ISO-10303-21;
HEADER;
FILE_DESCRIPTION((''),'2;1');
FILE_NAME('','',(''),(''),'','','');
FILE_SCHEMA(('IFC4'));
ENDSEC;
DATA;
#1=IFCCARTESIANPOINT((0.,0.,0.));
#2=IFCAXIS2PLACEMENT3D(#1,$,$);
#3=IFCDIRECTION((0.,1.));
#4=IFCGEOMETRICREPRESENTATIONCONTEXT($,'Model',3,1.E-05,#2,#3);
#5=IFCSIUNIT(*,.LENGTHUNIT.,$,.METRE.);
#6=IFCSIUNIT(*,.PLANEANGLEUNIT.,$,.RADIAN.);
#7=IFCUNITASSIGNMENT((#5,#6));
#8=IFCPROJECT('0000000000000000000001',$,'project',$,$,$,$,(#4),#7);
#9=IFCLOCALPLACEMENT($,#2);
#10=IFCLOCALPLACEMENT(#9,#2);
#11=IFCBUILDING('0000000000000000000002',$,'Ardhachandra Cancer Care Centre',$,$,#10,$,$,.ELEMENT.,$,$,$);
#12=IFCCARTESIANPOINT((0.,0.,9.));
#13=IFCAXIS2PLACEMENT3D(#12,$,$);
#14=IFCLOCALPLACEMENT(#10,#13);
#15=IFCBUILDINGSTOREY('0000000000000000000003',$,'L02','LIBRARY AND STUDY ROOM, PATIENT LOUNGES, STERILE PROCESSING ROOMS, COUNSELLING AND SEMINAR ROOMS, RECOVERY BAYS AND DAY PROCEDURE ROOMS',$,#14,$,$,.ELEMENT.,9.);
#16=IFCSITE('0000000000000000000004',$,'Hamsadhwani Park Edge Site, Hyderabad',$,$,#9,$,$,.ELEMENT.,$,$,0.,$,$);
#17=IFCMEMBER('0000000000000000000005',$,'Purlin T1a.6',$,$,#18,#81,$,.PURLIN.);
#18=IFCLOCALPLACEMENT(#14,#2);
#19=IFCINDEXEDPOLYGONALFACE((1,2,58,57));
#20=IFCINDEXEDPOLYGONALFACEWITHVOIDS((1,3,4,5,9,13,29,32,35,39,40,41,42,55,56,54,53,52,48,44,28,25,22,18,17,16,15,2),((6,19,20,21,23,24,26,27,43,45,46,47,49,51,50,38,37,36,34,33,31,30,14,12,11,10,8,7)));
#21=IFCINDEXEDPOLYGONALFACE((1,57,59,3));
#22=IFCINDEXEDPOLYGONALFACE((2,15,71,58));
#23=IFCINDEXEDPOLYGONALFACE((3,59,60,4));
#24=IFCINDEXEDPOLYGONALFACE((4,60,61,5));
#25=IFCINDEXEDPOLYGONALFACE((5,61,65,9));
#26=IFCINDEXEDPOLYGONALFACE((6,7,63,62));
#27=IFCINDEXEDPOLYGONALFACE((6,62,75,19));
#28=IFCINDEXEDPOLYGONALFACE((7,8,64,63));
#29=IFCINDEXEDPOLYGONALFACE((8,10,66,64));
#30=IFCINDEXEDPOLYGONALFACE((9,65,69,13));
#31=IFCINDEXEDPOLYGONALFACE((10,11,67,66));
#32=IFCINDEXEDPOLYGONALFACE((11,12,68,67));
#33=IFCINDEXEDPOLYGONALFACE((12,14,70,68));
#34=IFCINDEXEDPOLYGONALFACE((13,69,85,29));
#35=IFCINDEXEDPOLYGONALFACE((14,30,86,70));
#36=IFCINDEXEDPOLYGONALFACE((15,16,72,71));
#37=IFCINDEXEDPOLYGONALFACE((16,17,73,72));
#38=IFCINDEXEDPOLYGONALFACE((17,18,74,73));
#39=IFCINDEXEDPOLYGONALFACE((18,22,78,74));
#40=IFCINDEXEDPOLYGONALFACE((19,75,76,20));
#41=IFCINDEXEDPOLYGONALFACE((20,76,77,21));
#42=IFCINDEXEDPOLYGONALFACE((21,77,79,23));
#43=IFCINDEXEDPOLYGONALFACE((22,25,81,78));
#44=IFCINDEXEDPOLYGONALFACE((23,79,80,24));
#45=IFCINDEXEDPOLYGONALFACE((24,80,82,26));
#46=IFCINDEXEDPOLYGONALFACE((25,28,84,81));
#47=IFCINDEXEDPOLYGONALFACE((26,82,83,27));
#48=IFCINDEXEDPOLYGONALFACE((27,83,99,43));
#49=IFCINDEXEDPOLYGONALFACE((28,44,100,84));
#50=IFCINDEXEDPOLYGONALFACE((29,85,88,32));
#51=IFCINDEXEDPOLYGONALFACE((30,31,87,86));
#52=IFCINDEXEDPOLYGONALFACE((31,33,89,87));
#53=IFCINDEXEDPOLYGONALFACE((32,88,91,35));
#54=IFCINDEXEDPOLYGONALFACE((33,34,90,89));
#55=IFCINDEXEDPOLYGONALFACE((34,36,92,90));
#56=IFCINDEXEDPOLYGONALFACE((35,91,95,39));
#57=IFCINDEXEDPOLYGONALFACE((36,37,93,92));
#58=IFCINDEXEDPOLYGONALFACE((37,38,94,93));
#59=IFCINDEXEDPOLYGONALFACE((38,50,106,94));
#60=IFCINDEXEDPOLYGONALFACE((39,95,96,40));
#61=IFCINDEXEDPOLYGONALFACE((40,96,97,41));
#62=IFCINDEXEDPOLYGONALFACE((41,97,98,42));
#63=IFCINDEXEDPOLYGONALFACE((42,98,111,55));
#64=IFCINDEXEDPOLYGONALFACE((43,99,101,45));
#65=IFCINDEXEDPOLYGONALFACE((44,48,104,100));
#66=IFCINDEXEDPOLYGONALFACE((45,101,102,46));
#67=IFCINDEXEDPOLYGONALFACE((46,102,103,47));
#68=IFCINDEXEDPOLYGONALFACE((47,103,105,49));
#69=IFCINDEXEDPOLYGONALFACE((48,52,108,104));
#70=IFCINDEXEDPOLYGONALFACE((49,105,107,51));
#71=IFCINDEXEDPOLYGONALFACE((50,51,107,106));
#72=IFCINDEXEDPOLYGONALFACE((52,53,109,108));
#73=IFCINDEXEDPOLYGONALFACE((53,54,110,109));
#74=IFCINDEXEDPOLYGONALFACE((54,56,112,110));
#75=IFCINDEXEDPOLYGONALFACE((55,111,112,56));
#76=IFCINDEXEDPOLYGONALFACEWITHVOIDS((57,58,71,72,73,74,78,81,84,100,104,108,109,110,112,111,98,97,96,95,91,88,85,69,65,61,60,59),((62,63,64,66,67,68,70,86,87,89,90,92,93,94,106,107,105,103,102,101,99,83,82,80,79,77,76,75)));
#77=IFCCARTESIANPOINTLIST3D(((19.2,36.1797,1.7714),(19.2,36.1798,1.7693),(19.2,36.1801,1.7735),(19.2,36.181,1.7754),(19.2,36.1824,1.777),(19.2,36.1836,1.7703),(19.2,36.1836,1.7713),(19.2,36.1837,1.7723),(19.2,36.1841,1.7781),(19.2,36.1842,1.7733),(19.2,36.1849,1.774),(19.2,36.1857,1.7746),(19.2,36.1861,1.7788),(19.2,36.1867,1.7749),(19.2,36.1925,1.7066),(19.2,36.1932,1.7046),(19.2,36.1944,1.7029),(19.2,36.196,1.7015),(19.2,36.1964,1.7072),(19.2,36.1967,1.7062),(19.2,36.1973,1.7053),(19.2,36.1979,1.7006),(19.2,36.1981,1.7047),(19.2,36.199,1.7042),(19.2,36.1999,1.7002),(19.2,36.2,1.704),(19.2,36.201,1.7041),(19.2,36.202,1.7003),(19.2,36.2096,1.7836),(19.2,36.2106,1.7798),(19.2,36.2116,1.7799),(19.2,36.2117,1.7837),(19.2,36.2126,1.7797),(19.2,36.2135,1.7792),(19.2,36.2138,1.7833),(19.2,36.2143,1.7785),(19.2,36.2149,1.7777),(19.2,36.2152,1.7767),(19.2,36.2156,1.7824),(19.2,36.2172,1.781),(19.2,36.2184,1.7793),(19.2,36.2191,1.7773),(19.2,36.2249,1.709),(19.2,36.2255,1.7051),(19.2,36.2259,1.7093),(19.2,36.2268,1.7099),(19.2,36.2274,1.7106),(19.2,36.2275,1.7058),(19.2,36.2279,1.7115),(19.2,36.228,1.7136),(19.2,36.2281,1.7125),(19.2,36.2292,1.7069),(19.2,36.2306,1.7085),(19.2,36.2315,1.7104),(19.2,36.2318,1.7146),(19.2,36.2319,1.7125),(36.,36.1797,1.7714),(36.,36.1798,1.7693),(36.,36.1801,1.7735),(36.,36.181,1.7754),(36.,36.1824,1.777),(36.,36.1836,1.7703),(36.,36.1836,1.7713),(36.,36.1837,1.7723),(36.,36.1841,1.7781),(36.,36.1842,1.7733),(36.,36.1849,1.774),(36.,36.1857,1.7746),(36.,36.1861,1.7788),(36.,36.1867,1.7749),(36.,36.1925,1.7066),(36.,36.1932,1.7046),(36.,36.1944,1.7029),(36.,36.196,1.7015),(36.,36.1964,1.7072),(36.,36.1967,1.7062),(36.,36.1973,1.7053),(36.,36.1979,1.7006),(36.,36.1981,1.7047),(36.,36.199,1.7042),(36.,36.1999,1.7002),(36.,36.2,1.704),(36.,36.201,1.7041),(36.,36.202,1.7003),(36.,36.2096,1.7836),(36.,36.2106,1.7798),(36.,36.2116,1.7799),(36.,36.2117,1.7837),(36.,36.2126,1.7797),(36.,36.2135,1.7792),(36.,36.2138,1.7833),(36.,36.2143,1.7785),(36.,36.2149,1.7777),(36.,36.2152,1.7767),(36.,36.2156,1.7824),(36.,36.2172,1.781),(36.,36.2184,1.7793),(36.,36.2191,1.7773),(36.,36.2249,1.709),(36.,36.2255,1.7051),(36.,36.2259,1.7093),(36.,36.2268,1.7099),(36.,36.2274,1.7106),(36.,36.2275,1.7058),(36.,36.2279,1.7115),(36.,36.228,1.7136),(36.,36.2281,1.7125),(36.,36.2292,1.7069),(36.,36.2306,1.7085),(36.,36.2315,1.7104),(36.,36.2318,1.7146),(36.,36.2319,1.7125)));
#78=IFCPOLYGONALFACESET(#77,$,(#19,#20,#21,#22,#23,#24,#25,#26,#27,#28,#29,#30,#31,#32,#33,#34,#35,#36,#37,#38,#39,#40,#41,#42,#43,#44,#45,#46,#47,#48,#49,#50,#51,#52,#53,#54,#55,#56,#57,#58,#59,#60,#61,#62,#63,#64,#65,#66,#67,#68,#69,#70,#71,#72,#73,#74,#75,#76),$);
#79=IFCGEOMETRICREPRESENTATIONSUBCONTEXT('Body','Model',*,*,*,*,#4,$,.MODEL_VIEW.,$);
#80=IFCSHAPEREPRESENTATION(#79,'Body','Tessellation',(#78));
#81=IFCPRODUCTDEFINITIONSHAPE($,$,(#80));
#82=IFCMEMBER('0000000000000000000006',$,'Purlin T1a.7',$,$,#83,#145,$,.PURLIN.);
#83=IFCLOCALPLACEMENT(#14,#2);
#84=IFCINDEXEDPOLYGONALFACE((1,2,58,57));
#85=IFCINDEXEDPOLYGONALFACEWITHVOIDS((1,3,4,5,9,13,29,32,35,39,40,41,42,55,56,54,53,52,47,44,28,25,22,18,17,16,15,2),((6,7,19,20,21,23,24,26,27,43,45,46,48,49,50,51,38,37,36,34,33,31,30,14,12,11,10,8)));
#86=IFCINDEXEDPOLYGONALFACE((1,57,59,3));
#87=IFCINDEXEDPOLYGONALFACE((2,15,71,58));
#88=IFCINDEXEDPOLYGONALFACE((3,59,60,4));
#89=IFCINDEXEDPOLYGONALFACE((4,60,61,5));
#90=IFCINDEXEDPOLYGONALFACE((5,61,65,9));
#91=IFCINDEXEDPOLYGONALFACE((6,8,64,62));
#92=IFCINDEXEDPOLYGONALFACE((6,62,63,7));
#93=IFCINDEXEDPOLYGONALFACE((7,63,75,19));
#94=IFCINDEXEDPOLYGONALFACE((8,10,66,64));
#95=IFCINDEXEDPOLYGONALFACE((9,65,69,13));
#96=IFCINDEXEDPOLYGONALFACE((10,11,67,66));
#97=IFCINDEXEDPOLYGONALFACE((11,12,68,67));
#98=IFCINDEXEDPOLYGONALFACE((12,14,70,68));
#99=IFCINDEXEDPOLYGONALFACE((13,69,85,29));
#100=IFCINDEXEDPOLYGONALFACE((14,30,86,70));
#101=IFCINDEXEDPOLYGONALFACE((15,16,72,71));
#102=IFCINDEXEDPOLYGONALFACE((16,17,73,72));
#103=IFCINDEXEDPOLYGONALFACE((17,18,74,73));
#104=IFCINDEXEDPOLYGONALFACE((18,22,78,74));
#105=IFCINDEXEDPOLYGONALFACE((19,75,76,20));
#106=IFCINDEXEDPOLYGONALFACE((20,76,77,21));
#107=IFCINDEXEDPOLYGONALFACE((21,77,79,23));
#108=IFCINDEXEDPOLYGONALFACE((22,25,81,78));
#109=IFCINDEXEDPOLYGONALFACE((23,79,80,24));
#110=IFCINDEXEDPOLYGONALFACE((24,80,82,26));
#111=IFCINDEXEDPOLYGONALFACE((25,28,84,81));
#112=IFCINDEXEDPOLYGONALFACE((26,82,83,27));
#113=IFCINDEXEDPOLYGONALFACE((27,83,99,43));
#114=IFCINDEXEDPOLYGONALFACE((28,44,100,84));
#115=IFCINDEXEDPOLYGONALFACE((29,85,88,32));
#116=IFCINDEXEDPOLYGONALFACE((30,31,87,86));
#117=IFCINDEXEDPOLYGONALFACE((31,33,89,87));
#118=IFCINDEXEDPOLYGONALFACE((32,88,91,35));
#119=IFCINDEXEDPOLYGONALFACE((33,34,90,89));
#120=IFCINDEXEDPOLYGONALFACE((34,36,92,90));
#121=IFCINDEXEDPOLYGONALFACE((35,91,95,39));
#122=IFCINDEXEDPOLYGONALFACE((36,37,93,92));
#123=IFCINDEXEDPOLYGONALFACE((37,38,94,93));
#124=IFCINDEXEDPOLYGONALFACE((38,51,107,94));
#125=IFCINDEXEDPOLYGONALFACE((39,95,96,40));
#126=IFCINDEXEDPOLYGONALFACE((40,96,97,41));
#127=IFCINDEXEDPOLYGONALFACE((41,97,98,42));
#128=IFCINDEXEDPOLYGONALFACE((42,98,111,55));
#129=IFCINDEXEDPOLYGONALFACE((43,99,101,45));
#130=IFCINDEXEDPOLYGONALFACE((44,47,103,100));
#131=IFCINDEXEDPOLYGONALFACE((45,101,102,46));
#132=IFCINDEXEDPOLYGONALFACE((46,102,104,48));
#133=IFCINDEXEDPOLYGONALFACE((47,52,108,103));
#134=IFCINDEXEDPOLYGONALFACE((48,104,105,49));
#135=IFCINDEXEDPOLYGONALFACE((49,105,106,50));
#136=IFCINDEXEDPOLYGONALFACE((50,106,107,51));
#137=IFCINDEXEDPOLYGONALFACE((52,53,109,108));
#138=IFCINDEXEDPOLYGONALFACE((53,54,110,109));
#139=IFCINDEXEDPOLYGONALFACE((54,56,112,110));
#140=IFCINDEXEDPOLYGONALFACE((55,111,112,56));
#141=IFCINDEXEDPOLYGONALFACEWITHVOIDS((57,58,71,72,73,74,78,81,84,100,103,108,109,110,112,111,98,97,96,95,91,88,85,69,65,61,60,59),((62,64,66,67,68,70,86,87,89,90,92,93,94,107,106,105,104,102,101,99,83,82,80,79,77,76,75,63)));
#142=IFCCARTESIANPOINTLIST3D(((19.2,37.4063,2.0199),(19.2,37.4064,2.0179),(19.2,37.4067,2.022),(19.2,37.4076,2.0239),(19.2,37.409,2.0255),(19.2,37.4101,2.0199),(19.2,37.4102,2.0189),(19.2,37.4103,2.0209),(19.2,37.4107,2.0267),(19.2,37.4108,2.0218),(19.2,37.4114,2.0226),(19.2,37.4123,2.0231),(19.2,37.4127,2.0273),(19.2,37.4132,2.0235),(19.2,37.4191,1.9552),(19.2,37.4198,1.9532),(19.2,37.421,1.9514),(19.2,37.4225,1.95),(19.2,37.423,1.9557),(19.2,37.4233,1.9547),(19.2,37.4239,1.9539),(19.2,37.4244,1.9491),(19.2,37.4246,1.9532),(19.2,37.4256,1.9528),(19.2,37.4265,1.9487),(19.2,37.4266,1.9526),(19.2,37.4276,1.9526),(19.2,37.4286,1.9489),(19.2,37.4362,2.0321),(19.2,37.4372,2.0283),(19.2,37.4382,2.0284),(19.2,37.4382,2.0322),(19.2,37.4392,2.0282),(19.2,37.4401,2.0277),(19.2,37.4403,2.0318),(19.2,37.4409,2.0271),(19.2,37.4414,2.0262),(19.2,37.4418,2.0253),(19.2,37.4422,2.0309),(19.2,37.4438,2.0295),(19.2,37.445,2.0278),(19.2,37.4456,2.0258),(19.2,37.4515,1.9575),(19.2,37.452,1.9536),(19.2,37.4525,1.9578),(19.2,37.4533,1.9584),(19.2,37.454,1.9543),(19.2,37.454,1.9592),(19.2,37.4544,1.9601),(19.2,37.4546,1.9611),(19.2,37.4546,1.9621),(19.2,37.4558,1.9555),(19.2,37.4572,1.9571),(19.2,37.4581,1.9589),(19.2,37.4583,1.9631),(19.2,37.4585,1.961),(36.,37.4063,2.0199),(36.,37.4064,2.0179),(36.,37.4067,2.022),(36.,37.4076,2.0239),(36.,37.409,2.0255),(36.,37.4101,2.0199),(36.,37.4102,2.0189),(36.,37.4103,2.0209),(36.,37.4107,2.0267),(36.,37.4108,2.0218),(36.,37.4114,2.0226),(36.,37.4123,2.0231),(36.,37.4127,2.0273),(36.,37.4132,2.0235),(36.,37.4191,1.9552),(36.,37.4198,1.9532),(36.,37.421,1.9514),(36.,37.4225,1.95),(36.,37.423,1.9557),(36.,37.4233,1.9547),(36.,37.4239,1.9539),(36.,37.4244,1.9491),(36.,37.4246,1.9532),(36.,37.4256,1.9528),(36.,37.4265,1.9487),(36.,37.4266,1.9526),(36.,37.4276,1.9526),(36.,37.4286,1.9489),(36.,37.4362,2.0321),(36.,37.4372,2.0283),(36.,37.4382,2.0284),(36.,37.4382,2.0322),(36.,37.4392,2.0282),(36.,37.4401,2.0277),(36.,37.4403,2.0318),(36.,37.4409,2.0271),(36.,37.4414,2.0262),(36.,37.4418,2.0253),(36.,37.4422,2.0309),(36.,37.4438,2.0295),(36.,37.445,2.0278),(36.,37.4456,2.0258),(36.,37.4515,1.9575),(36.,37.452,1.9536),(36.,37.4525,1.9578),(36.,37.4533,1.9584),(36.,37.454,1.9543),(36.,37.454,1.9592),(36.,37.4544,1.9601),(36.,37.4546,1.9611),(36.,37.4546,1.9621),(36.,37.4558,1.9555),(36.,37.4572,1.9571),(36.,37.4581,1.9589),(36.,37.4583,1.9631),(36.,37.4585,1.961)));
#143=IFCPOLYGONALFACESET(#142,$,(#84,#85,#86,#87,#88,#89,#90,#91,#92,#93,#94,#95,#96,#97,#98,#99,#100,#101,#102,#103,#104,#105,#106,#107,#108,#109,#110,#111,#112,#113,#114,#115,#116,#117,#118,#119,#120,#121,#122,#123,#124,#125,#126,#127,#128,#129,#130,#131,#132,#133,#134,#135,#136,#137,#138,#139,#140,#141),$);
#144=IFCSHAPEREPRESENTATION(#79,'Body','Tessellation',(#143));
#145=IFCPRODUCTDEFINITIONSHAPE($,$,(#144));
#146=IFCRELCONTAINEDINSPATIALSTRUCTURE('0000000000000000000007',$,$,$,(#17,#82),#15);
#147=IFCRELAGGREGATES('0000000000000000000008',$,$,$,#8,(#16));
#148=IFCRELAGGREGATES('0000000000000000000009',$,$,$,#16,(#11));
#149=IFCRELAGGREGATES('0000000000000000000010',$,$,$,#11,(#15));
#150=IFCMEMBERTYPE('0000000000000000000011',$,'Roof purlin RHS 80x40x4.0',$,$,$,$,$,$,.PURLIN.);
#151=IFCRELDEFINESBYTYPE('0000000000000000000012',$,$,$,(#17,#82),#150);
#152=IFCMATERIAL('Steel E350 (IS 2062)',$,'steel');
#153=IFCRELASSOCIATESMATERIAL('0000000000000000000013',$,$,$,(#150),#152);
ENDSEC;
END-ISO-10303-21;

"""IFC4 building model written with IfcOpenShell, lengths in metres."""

from ifc_helpers import new_model, si_unit, direction, frame, origin, origin_2d, place, context, subcontext, project, spatial, hollow_rectangle, extrude, material, material_profile, profile_set, type_object, element, save


model = new_model("IFC4")

# Units and contexts
model_context = context("Model", 3, precision=1e-05, world=origin(), true_north=direction((0.0, 1.0)))
body_context = subcontext(model_context, "Body", "Model", "MODEL_VIEW")
ifc_project = project(units=[si_unit("LENGTHUNIT", "METRE"), si_unit("PLANEANGLEUNIT", "RADIAN")], contexts=[model_context])

# Site, building, storey
site_placement = place(None, origin())
site = spatial("IfcSite", under=ifc_project, at=site_placement, Name="Hamsadhwani Park Edge Site, Hyderabad", CompositionType="ELEMENT", RefElevation=0.0)
building_placement = place(site_placement, origin())
building = spatial("IfcBuilding", under=site, at=building_placement, Name="Ardhachandra Cancer Care Centre", CompositionType="ELEMENT")
storey_placement = place(building_placement, frame((0.0, 0.0, 9.0)))
storey = spatial("IfcBuildingStorey", under=building, at=storey_placement, Name="L02", Description="LIBRARY AND STUDY ROOM, PATIENT LOUNGES, STERILE PROCESSING ROOMS, COUNSELLING AND SEMINAR ROOMS, RECOVERY BAYS AND DAY PROCEDURE ROOMS", CompositionType="ELEMENT", Elevation=9.0)

# Members
ifc_material_1 = material(Name="Steel E350 (IS 2062)", Category="steel")
ifc_material_profile_1 = material_profile(ifc_material_1, hollow_rectangle(XDim=0.04, YDim=0.0801, WallThickness=0.0039, InnerFilletRadius=0.0039, OuterFilletRadius=0.0081, at=origin_2d()), Name="RHS 80x40x4.0")
ifc_profile_set_1 = profile_set([ifc_material_profile_1], Name="Steel E350 (IS 2062)")
member_type_1 = type_object("IfcMemberType", Name="Roof purlin RHS 80x40x4.0", PredefinedType="PURLIN", material=ifc_profile_set_1)
for number, where, z_axis, x_axis, name in (
    (1, (19.2, 36.2058, 1.7419), (1.0, 0.0, 0.0), (0.0, 0.980107, 0.198472), "Purlin T1a.6"),
    (2, (19.2, 37.4324, 1.9905), (1.0, 0.0, 0.0), (0.0, 0.980107, 0.198472), "Purlin T1a.7"),
):
    element("IfcMember", number, at=place(storey_placement, frame(where, z_axis=z_axis, x_axis=x_axis)), inside=storey, type_object=member_type_1, Name=name, PredefinedType="PURLIN", context=body_context, shape_type="SweptSolid", body=[
        extrude(hollow_rectangle(XDim=0.04, YDim=0.0801, WallThickness=0.0039, InnerFilletRadius=0.0039, OuterFilletRadius=0.0081, at=origin_2d()), origin(), (0.0, 0.0, 1.0), 16.8),
    ])

save(model, "model.ifc")
